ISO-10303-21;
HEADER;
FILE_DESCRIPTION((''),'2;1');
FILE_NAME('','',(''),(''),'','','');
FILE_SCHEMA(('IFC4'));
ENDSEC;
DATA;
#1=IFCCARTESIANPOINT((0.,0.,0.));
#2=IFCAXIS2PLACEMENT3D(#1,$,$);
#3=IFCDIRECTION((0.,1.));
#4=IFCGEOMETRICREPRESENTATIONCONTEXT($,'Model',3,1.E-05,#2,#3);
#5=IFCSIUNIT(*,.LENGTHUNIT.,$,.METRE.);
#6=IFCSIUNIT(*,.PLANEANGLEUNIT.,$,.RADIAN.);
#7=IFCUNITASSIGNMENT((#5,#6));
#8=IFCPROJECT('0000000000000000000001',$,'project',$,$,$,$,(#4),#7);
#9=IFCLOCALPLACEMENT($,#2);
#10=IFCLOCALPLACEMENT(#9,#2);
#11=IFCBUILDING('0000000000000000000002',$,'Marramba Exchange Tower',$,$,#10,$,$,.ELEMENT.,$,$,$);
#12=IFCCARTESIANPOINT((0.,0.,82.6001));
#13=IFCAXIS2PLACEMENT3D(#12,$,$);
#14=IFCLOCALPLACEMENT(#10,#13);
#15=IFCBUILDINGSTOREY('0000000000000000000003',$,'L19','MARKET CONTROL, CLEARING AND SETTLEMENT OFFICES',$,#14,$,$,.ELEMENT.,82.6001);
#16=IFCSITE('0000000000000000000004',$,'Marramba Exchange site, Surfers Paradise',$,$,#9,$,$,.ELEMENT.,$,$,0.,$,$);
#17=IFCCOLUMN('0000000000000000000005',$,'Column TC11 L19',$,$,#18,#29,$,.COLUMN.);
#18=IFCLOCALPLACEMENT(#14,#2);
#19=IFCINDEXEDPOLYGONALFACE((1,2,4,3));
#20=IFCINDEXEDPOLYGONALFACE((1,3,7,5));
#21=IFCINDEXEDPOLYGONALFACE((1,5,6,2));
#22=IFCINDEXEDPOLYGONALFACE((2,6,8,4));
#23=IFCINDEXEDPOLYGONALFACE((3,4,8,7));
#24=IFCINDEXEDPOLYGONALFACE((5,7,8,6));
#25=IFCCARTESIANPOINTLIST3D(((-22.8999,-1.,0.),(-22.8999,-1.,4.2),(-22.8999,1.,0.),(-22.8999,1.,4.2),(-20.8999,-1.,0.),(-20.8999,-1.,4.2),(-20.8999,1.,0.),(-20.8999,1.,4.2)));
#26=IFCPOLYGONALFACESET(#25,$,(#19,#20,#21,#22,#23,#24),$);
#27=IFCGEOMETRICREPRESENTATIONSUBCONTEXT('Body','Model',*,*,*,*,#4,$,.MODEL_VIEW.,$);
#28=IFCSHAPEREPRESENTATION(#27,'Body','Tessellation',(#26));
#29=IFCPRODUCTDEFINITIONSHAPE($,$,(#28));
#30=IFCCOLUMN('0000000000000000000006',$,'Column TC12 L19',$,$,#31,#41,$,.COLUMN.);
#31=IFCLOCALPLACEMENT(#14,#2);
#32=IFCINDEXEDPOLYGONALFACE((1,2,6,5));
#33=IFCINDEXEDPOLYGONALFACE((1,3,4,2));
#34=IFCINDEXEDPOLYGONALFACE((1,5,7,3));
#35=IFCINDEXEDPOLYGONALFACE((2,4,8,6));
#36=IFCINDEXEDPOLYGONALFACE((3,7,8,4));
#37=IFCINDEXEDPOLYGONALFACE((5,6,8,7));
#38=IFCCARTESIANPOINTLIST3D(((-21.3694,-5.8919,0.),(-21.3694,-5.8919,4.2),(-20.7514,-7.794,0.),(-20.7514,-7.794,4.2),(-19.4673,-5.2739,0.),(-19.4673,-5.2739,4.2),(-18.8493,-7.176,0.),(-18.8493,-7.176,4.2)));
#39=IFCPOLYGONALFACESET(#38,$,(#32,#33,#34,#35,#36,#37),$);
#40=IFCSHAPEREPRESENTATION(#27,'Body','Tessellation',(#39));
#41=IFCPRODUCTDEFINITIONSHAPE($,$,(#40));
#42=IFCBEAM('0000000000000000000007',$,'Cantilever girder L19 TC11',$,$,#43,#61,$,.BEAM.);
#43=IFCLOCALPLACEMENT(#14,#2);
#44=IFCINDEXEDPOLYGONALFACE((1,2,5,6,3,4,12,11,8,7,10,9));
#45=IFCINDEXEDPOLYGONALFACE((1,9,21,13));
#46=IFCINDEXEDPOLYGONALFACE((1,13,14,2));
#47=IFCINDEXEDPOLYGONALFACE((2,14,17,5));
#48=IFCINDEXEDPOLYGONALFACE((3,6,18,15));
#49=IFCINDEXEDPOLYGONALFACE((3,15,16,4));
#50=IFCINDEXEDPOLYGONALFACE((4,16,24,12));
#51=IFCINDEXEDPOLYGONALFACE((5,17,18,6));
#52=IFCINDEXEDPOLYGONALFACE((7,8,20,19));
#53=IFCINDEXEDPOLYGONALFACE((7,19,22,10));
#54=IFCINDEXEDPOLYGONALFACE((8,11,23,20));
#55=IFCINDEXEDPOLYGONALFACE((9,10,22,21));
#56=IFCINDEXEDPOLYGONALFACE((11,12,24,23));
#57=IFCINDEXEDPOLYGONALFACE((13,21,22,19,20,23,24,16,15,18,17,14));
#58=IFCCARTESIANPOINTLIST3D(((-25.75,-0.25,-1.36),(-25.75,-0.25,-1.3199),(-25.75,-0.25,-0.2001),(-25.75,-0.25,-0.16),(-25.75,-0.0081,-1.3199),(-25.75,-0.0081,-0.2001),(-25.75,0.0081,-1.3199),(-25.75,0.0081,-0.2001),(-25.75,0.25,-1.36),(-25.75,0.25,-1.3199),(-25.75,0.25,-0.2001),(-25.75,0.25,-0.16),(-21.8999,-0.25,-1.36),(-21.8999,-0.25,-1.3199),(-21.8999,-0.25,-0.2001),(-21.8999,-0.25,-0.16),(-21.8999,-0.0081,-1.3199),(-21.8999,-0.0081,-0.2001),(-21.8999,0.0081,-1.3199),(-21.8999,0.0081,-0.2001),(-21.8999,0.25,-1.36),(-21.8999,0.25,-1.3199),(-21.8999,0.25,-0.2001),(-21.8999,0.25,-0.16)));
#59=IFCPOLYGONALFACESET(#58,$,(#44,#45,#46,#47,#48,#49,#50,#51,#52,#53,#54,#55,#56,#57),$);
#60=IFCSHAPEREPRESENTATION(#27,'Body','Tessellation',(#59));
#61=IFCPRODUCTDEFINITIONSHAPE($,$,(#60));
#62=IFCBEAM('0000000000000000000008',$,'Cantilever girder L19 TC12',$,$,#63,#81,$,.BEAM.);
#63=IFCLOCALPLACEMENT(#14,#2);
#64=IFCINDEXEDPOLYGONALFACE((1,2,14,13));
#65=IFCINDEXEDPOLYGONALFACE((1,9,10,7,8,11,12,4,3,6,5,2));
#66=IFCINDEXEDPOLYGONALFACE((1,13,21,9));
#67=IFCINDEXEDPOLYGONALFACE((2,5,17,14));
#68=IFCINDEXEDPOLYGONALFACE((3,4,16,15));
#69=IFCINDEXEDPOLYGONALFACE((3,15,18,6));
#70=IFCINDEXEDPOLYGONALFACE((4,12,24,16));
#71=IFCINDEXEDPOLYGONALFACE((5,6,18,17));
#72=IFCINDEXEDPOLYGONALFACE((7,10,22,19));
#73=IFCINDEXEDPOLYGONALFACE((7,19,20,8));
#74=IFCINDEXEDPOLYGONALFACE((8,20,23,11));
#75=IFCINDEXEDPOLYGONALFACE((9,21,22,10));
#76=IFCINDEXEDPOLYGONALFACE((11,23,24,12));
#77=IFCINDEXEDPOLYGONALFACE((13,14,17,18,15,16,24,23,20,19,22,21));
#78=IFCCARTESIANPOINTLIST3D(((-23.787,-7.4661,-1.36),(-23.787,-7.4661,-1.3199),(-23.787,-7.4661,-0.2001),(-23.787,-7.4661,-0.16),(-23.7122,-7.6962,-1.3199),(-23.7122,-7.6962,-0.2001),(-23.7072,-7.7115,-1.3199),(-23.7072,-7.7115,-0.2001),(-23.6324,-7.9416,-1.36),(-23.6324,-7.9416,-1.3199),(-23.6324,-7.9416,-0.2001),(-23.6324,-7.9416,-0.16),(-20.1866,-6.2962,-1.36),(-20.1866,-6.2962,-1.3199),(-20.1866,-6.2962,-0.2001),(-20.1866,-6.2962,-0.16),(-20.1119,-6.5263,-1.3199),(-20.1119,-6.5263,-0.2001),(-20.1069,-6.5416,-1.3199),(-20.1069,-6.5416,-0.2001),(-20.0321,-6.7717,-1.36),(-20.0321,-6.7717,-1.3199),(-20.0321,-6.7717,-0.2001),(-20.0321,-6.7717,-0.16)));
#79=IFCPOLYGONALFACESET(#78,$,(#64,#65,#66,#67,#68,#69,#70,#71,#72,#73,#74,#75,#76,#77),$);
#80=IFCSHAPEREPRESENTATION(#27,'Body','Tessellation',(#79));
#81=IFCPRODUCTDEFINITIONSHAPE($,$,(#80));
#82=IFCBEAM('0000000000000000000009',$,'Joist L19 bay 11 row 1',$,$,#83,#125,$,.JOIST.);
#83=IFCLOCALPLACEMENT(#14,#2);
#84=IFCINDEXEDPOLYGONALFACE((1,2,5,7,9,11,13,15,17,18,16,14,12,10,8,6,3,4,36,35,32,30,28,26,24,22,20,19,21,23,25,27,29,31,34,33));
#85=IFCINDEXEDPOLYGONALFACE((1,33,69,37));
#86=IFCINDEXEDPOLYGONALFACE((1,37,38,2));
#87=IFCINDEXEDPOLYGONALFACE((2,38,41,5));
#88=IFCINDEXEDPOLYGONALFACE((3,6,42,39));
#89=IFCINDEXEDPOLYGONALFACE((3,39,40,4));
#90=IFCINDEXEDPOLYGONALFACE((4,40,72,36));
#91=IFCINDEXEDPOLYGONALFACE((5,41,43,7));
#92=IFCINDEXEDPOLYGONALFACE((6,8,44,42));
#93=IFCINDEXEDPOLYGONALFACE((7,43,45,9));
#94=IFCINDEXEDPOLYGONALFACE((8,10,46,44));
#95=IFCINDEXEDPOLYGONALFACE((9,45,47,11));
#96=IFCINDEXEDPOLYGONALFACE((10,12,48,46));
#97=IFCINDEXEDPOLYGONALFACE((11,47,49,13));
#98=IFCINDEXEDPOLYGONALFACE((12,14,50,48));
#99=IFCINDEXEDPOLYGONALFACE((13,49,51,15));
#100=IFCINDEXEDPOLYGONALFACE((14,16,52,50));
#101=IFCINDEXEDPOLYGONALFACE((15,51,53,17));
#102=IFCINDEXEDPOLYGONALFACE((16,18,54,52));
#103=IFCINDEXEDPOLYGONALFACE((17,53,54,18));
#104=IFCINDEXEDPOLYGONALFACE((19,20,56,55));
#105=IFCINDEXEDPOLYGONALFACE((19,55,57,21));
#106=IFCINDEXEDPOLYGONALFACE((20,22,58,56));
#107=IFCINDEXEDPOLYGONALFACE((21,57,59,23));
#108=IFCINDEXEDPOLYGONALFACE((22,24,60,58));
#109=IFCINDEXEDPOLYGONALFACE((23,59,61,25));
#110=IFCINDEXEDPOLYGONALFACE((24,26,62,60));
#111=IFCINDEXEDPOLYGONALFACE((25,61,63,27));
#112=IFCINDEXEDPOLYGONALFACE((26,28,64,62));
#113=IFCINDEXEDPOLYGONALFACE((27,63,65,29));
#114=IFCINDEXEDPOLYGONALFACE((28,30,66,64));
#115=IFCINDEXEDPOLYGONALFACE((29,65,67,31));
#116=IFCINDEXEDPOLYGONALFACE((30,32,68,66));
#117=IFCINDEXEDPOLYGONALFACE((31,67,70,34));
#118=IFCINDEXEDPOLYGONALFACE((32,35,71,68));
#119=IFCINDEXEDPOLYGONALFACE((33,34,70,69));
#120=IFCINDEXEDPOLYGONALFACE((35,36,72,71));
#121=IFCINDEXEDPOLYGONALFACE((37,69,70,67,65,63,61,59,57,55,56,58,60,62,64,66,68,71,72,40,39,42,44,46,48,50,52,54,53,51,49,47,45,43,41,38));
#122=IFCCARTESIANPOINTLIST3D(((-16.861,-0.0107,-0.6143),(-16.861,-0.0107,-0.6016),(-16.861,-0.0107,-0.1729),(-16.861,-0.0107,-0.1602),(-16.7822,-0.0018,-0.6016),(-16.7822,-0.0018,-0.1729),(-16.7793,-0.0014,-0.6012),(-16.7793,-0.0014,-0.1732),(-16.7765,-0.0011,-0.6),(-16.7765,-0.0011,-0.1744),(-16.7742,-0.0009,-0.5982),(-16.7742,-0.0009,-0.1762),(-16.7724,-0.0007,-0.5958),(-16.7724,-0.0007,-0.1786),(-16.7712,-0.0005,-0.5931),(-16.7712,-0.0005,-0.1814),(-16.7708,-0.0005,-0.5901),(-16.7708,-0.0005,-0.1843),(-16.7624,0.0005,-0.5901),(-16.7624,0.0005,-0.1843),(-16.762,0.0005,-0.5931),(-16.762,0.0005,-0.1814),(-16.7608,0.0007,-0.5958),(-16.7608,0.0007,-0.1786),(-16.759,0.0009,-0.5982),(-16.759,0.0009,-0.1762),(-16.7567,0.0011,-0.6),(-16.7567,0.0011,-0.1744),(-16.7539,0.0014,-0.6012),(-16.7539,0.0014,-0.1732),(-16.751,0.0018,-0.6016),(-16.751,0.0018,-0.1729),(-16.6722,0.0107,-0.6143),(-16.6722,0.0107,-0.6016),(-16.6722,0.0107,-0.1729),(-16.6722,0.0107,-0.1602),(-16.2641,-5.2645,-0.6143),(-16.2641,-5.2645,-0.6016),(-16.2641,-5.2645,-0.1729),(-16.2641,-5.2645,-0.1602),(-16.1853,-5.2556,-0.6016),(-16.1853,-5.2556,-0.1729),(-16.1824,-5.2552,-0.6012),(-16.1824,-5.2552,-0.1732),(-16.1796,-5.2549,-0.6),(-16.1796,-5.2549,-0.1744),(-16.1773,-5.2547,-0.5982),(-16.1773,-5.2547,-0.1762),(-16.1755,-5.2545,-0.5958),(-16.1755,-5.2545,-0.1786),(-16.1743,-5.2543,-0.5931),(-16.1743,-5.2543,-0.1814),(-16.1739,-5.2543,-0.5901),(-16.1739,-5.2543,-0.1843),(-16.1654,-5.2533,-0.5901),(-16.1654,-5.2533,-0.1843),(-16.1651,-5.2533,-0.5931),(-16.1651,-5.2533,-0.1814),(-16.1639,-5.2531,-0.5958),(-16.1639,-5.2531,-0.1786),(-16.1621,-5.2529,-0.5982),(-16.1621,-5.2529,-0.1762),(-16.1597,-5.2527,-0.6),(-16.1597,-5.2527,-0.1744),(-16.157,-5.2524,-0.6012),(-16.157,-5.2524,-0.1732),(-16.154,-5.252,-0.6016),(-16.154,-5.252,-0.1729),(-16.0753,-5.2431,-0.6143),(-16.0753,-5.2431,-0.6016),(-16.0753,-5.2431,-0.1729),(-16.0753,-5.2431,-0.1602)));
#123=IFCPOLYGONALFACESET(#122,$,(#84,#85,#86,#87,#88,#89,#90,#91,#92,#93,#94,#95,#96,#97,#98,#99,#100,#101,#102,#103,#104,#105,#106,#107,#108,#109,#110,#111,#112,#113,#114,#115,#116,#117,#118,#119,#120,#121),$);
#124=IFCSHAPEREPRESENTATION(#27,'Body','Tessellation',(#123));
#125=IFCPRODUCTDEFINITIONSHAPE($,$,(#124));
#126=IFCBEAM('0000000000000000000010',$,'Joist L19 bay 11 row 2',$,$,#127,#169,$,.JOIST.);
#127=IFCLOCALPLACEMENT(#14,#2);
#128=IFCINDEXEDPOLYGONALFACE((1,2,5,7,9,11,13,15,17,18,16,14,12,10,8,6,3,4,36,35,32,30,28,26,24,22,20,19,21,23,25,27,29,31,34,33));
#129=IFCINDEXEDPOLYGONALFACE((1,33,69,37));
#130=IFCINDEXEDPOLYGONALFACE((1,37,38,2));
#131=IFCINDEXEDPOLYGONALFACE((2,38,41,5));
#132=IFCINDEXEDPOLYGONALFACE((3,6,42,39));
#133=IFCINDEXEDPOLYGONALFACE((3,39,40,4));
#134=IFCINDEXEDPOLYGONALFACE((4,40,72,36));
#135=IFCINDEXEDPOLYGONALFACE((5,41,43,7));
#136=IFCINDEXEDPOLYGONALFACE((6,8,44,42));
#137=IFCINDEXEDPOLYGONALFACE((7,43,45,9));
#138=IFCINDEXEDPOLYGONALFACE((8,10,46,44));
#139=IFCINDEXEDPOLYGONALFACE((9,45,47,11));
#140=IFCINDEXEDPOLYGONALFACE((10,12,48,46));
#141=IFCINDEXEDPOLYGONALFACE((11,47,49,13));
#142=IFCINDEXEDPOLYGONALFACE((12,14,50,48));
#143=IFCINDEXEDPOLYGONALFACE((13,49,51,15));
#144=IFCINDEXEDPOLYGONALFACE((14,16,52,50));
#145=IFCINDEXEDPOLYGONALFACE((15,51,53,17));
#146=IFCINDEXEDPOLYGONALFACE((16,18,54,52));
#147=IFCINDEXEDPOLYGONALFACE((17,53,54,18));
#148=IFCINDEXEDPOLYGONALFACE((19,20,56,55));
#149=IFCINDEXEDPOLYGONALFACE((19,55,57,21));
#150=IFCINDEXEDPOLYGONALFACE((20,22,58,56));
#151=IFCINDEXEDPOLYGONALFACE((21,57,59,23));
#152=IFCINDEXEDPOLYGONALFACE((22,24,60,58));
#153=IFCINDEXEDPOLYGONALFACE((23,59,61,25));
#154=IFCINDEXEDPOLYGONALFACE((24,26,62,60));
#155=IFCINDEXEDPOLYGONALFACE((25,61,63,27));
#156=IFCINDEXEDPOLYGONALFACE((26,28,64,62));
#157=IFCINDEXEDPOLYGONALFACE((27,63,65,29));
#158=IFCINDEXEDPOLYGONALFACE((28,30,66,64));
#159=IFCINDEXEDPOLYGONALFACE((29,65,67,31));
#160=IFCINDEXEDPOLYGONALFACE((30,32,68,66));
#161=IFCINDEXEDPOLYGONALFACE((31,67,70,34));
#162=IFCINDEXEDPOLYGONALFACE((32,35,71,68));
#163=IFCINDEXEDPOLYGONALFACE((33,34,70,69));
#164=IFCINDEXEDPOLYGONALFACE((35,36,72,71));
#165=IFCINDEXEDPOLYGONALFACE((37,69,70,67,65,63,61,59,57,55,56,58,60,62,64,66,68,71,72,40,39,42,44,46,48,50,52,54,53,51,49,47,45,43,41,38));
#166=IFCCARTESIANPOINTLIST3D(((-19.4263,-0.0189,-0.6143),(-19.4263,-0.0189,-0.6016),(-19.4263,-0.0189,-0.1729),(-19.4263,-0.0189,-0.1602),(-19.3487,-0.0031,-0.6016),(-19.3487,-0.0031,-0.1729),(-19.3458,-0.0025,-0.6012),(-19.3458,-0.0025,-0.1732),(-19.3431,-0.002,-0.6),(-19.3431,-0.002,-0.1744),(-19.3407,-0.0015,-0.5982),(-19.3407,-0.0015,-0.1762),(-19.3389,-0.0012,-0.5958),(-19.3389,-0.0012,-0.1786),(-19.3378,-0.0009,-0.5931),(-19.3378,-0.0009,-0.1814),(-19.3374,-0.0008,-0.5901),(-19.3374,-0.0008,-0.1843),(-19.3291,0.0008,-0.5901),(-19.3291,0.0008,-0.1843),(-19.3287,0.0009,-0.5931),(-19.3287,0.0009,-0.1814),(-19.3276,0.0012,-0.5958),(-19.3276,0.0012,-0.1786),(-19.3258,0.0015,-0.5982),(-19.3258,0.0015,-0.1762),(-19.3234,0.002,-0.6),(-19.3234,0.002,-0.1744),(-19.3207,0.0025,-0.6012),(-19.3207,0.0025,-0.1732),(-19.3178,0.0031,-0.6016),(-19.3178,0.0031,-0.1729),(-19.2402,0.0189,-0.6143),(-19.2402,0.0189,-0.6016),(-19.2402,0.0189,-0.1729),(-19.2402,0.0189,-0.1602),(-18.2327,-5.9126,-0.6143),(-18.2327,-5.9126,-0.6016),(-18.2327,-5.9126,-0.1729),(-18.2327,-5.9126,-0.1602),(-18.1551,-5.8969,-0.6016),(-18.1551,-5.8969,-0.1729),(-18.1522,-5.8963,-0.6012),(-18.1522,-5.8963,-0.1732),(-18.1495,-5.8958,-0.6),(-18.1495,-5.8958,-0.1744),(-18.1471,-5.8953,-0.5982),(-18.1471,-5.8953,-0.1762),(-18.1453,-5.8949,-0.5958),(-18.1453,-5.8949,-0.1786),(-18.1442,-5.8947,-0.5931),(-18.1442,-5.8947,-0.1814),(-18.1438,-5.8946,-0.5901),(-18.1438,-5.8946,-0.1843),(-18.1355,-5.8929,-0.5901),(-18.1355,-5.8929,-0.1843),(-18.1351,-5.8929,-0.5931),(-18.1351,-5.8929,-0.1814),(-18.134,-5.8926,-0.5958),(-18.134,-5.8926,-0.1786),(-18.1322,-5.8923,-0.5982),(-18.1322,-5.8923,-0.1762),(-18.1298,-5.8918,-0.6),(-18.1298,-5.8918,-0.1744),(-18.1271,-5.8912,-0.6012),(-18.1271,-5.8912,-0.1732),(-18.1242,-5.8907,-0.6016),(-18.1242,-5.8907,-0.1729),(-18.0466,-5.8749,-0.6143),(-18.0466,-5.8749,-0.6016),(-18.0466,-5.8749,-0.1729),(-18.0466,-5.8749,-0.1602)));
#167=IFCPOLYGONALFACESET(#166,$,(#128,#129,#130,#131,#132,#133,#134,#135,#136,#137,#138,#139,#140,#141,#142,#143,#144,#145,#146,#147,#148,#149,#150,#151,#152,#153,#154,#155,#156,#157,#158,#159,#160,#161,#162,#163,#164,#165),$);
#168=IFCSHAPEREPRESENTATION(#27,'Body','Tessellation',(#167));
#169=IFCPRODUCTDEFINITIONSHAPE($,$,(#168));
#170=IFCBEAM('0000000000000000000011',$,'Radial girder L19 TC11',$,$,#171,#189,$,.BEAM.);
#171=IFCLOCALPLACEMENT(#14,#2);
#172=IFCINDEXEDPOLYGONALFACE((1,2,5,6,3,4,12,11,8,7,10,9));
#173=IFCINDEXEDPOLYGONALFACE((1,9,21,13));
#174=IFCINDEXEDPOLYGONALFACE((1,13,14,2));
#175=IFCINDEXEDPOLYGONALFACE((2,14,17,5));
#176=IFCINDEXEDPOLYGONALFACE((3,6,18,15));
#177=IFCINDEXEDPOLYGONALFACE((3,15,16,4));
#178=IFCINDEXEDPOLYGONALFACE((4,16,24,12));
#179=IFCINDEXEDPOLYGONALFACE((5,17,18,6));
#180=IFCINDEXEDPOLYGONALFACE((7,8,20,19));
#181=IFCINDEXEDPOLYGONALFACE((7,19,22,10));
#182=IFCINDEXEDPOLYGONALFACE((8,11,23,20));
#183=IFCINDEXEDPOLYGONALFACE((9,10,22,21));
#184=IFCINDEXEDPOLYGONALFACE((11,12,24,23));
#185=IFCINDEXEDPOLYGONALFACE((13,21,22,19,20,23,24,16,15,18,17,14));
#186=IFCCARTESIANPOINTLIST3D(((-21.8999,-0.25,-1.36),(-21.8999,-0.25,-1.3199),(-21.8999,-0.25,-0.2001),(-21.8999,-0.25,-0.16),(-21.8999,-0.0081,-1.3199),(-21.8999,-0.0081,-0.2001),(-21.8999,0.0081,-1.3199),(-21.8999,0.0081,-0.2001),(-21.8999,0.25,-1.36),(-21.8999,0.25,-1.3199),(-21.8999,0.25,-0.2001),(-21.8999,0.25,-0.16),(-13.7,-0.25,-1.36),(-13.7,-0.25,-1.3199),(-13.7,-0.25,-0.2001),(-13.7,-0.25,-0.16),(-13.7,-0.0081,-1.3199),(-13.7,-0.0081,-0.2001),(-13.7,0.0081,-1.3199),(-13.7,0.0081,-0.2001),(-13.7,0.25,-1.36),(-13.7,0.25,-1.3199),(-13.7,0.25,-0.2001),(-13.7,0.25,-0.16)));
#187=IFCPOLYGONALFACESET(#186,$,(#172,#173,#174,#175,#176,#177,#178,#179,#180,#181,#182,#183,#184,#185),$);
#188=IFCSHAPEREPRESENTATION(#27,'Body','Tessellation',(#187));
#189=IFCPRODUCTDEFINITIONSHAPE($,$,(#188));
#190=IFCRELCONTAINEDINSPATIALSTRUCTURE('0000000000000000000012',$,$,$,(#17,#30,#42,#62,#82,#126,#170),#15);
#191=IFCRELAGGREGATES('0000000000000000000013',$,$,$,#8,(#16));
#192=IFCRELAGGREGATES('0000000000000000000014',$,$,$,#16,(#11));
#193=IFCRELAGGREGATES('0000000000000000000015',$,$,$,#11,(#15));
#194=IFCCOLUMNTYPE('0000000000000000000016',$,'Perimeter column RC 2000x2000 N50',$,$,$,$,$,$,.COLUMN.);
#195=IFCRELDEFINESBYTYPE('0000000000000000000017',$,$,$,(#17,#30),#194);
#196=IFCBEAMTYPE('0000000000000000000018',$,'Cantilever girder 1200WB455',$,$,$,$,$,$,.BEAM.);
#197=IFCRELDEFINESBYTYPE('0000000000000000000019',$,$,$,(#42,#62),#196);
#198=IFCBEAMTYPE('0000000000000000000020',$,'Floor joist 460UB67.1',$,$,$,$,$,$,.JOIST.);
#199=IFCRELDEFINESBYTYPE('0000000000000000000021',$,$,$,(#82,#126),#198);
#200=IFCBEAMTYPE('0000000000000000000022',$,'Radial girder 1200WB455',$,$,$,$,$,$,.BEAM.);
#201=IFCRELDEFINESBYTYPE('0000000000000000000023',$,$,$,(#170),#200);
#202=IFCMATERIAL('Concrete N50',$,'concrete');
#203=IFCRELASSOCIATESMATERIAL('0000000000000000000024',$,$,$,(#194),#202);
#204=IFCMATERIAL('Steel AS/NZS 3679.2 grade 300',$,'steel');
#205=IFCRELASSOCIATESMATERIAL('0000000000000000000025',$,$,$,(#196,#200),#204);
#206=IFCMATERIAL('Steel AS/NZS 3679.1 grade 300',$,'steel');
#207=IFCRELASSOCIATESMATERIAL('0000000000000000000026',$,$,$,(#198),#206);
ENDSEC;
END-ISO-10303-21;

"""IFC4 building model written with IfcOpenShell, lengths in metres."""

from ifc_helpers import new_model, si_unit, direction, frame, origin, origin_2d, place, context, subcontext, project, spatial, rectangle, i_section, extrude, material, material_profile, profile_set, type_object, element, save


model = new_model("IFC4")

# Units and contexts
model_context = context("Model", 3, precision=1e-05, world=origin(), true_north=direction((0.0, 1.0)))
body_context = subcontext(model_context, "Body", "Model", "MODEL_VIEW")
ifc_project = project(units=[si_unit("LENGTHUNIT", "METRE"), si_unit("PLANEANGLEUNIT", "RADIAN")], contexts=[model_context])

# Site, building, storey
site_placement = place(None, origin())
site = spatial("IfcSite", under=ifc_project, at=site_placement, Name="Marramba Exchange site, Surfers Paradise", CompositionType="ELEMENT", RefElevation=0.0)
building_placement = place(site_placement, origin())
building = spatial("IfcBuilding", under=site, at=building_placement, Name="Marramba Exchange Tower", CompositionType="ELEMENT")
storey_placement = place(building_placement, frame((0.0, 0.0, 82.6001)))
storey = spatial("IfcBuildingStorey", under=building, at=storey_placement, Name="L19", Description="MARKET CONTROL, CLEARING AND SETTLEMENT OFFICES", CompositionType="ELEMENT", Elevation=82.6001)

# Columns
ifc_material_1 = material(Name="Concrete N50", Category="concrete")
ifc_material_profile_1 = material_profile(ifc_material_1, rectangle(XDim=2.0, YDim=2.0, at=origin_2d()), Name="RC 2000x2000")
ifc_profile_set_1 = profile_set([ifc_material_profile_1], Name="Concrete N50")
column_type = type_object("IfcColumnType", Name="Perimeter column RC 2000x2000 N50", PredefinedType="COLUMN", material=ifc_profile_set_1)
for number, where, z_axis, x_axis, name in (
    (1, (-21.8999, 0.0, 0.0), (0.0, 0.0, 1.0), (-1.0, 0.0, 0.0), "Column TC11 L19"),
    (2, (-20.1094, -6.5339, 0.0), (0.0, 0.0, 1.0), (-0.951057, -0.309017, 0.0), "Column TC12 L19"),
):
    element("IfcColumn", number, at=place(storey_placement, frame(where, z_axis=z_axis, x_axis=x_axis)), inside=storey, type_object=column_type, Name=name, PredefinedType="COLUMN", context=body_context, shape_type="SweptSolid", body=[
        extrude(rectangle(XDim=2.0, YDim=2.0, at=origin_2d()), origin(), (0.0, 0.0, 1.0), 4.2),
    ])

# Beams
ifc_material_2 = material(Name="Steel AS/NZS 3679.2 grade 300", Category="steel")
ifc_material_profile_2 = material_profile(ifc_material_2, i_section(OverallWidth=0.5, OverallDepth=1.2, WebThickness=0.0161, FlangeThickness=0.04, at=origin_2d()), Name="1200WB455")
ifc_profile_set_2 = profile_set([ifc_material_profile_2], Name="Steel AS/NZS 3679.2 grade 300")
beam_type_1 = type_object("IfcBeamType", Name="Cantilever girder 1200WB455", PredefinedType="BEAM", material=ifc_profile_set_2)
beam_1_placement = place(storey_placement, frame((-21.8999, 0.0, -0.76), z_axis=(-1.0, 0.0, 0.0), x_axis=(0.0, -1.0, 0.0)))
element("IfcBeam", 3, at=beam_1_placement, inside=storey, type_object=beam_type_1, Name="Cantilever girder L19 TC11", PredefinedType="BEAM", context=body_context, shape_type="SweptSolid", body=[
    extrude(i_section(OverallWidth=0.5, OverallDepth=1.2, WebThickness=0.0161, FlangeThickness=0.04, at=origin_2d()), origin(), (0.0, 0.0, 1.0), 3.8501),
])
beam_2_placement = place(storey_placement, frame((-20.1094, -6.5339, -0.76), z_axis=(-0.951049, -0.309041, 0.0), x_axis=(0.309041, -0.951049, 0.0)))
element("IfcBeam", 4, at=beam_2_placement, inside=storey, type_object=beam_type_1, Name="Cantilever girder L19 TC12", PredefinedType="BEAM", context=body_context, shape_type="SweptSolid", body=[
    extrude(i_section(OverallWidth=0.5, OverallDepth=1.2, WebThickness=0.0161, FlangeThickness=0.04, at=origin_2d()), origin(), (0.0, 0.0, 1.0), 3.7856),
])
ifc_material_3 = material(Name="Steel AS/NZS 3679.1 grade 300", Category="steel")
ifc_material_profile_3 = material_profile(ifc_material_3, i_section(OverallWidth=0.1899, OverallDepth=0.4541, WebThickness=0.0085, FlangeThickness=0.0127, FilletRadius=0.0115, at=origin_2d()), Name="460UB67.1")
ifc_profile_set_3 = profile_set([ifc_material_profile_3], Name="Steel AS/NZS 3679.1 grade 300")
beam_type_2 = type_object("IfcBeamType", Name="Floor joist 460UB67.1", PredefinedType="JOIST", material=ifc_profile_set_3)
beam_3_placement = place(storey_placement, frame((-16.7666, 0.0, -0.3872), z_axis=(0.112889, -0.993608, 0.0), x_axis=(0.993608, 0.112889, 0.0)))
element("IfcBeam", 5, at=beam_3_placement, inside=storey, type_object=beam_type_2, Name="Joist L19 bay 11 row 1", PredefinedType="JOIST", context=body_context, shape_type="SweptSolid", body=[
    extrude(i_section(OverallWidth=0.1899, OverallDepth=0.4541, WebThickness=0.0085, FlangeThickness=0.0127, FilletRadius=0.0115, at=origin_2d()), origin(), (0.0, 0.0, 1.0), 5.2876),
])
beam_4_placement = place(storey_placement, frame((-19.3333, 0.0, -0.3872), z_axis=(0.198489, -0.980103, 0.0), x_axis=(0.980103, 0.198489, 0.0)))
element("IfcBeam", 6, at=beam_4_placement, inside=storey, type_object=beam_type_2, Name="Joist L19 bay 11 row 2", PredefinedType="JOIST", context=body_context, shape_type="SweptSolid", body=[
    extrude(i_section(OverallWidth=0.1899, OverallDepth=0.4541, WebThickness=0.0085, FlangeThickness=0.0127, FilletRadius=0.0115, at=origin_2d()), origin(), (0.0, 0.0, 1.0), 6.0134),
])
ifc_material_profile_4 = material_profile(ifc_material_2, i_section(OverallWidth=0.5, OverallDepth=1.2, WebThickness=0.0161, FlangeThickness=0.04, at=origin_2d()), Name="1200WB455")
ifc_profile_set_4 = profile_set([ifc_material_profile_4], Name="Steel AS/NZS 3679.2 grade 300")
beam_type_3 = type_object("IfcBeamType", Name="Radial girder 1200WB455", PredefinedType="BEAM", material=ifc_profile_set_4)
beam_5_placement = place(storey_placement, frame((-13.7, 0.0, -0.76), z_axis=(-1.0, 0.0, 0.0), x_axis=(0.0, -1.0, 0.0)))
element("IfcBeam", 7, at=beam_5_placement, inside=storey, type_object=beam_type_3, Name="Radial girder L19 TC11", PredefinedType="BEAM", context=body_context, shape_type="SweptSolid", body=[
    extrude(i_section(OverallWidth=0.5, OverallDepth=1.2, WebThickness=0.0161, FlangeThickness=0.04, at=origin_2d()), origin(), (0.0, 0.0, 1.0), 8.2),
])

save(model, "model.ifc")
